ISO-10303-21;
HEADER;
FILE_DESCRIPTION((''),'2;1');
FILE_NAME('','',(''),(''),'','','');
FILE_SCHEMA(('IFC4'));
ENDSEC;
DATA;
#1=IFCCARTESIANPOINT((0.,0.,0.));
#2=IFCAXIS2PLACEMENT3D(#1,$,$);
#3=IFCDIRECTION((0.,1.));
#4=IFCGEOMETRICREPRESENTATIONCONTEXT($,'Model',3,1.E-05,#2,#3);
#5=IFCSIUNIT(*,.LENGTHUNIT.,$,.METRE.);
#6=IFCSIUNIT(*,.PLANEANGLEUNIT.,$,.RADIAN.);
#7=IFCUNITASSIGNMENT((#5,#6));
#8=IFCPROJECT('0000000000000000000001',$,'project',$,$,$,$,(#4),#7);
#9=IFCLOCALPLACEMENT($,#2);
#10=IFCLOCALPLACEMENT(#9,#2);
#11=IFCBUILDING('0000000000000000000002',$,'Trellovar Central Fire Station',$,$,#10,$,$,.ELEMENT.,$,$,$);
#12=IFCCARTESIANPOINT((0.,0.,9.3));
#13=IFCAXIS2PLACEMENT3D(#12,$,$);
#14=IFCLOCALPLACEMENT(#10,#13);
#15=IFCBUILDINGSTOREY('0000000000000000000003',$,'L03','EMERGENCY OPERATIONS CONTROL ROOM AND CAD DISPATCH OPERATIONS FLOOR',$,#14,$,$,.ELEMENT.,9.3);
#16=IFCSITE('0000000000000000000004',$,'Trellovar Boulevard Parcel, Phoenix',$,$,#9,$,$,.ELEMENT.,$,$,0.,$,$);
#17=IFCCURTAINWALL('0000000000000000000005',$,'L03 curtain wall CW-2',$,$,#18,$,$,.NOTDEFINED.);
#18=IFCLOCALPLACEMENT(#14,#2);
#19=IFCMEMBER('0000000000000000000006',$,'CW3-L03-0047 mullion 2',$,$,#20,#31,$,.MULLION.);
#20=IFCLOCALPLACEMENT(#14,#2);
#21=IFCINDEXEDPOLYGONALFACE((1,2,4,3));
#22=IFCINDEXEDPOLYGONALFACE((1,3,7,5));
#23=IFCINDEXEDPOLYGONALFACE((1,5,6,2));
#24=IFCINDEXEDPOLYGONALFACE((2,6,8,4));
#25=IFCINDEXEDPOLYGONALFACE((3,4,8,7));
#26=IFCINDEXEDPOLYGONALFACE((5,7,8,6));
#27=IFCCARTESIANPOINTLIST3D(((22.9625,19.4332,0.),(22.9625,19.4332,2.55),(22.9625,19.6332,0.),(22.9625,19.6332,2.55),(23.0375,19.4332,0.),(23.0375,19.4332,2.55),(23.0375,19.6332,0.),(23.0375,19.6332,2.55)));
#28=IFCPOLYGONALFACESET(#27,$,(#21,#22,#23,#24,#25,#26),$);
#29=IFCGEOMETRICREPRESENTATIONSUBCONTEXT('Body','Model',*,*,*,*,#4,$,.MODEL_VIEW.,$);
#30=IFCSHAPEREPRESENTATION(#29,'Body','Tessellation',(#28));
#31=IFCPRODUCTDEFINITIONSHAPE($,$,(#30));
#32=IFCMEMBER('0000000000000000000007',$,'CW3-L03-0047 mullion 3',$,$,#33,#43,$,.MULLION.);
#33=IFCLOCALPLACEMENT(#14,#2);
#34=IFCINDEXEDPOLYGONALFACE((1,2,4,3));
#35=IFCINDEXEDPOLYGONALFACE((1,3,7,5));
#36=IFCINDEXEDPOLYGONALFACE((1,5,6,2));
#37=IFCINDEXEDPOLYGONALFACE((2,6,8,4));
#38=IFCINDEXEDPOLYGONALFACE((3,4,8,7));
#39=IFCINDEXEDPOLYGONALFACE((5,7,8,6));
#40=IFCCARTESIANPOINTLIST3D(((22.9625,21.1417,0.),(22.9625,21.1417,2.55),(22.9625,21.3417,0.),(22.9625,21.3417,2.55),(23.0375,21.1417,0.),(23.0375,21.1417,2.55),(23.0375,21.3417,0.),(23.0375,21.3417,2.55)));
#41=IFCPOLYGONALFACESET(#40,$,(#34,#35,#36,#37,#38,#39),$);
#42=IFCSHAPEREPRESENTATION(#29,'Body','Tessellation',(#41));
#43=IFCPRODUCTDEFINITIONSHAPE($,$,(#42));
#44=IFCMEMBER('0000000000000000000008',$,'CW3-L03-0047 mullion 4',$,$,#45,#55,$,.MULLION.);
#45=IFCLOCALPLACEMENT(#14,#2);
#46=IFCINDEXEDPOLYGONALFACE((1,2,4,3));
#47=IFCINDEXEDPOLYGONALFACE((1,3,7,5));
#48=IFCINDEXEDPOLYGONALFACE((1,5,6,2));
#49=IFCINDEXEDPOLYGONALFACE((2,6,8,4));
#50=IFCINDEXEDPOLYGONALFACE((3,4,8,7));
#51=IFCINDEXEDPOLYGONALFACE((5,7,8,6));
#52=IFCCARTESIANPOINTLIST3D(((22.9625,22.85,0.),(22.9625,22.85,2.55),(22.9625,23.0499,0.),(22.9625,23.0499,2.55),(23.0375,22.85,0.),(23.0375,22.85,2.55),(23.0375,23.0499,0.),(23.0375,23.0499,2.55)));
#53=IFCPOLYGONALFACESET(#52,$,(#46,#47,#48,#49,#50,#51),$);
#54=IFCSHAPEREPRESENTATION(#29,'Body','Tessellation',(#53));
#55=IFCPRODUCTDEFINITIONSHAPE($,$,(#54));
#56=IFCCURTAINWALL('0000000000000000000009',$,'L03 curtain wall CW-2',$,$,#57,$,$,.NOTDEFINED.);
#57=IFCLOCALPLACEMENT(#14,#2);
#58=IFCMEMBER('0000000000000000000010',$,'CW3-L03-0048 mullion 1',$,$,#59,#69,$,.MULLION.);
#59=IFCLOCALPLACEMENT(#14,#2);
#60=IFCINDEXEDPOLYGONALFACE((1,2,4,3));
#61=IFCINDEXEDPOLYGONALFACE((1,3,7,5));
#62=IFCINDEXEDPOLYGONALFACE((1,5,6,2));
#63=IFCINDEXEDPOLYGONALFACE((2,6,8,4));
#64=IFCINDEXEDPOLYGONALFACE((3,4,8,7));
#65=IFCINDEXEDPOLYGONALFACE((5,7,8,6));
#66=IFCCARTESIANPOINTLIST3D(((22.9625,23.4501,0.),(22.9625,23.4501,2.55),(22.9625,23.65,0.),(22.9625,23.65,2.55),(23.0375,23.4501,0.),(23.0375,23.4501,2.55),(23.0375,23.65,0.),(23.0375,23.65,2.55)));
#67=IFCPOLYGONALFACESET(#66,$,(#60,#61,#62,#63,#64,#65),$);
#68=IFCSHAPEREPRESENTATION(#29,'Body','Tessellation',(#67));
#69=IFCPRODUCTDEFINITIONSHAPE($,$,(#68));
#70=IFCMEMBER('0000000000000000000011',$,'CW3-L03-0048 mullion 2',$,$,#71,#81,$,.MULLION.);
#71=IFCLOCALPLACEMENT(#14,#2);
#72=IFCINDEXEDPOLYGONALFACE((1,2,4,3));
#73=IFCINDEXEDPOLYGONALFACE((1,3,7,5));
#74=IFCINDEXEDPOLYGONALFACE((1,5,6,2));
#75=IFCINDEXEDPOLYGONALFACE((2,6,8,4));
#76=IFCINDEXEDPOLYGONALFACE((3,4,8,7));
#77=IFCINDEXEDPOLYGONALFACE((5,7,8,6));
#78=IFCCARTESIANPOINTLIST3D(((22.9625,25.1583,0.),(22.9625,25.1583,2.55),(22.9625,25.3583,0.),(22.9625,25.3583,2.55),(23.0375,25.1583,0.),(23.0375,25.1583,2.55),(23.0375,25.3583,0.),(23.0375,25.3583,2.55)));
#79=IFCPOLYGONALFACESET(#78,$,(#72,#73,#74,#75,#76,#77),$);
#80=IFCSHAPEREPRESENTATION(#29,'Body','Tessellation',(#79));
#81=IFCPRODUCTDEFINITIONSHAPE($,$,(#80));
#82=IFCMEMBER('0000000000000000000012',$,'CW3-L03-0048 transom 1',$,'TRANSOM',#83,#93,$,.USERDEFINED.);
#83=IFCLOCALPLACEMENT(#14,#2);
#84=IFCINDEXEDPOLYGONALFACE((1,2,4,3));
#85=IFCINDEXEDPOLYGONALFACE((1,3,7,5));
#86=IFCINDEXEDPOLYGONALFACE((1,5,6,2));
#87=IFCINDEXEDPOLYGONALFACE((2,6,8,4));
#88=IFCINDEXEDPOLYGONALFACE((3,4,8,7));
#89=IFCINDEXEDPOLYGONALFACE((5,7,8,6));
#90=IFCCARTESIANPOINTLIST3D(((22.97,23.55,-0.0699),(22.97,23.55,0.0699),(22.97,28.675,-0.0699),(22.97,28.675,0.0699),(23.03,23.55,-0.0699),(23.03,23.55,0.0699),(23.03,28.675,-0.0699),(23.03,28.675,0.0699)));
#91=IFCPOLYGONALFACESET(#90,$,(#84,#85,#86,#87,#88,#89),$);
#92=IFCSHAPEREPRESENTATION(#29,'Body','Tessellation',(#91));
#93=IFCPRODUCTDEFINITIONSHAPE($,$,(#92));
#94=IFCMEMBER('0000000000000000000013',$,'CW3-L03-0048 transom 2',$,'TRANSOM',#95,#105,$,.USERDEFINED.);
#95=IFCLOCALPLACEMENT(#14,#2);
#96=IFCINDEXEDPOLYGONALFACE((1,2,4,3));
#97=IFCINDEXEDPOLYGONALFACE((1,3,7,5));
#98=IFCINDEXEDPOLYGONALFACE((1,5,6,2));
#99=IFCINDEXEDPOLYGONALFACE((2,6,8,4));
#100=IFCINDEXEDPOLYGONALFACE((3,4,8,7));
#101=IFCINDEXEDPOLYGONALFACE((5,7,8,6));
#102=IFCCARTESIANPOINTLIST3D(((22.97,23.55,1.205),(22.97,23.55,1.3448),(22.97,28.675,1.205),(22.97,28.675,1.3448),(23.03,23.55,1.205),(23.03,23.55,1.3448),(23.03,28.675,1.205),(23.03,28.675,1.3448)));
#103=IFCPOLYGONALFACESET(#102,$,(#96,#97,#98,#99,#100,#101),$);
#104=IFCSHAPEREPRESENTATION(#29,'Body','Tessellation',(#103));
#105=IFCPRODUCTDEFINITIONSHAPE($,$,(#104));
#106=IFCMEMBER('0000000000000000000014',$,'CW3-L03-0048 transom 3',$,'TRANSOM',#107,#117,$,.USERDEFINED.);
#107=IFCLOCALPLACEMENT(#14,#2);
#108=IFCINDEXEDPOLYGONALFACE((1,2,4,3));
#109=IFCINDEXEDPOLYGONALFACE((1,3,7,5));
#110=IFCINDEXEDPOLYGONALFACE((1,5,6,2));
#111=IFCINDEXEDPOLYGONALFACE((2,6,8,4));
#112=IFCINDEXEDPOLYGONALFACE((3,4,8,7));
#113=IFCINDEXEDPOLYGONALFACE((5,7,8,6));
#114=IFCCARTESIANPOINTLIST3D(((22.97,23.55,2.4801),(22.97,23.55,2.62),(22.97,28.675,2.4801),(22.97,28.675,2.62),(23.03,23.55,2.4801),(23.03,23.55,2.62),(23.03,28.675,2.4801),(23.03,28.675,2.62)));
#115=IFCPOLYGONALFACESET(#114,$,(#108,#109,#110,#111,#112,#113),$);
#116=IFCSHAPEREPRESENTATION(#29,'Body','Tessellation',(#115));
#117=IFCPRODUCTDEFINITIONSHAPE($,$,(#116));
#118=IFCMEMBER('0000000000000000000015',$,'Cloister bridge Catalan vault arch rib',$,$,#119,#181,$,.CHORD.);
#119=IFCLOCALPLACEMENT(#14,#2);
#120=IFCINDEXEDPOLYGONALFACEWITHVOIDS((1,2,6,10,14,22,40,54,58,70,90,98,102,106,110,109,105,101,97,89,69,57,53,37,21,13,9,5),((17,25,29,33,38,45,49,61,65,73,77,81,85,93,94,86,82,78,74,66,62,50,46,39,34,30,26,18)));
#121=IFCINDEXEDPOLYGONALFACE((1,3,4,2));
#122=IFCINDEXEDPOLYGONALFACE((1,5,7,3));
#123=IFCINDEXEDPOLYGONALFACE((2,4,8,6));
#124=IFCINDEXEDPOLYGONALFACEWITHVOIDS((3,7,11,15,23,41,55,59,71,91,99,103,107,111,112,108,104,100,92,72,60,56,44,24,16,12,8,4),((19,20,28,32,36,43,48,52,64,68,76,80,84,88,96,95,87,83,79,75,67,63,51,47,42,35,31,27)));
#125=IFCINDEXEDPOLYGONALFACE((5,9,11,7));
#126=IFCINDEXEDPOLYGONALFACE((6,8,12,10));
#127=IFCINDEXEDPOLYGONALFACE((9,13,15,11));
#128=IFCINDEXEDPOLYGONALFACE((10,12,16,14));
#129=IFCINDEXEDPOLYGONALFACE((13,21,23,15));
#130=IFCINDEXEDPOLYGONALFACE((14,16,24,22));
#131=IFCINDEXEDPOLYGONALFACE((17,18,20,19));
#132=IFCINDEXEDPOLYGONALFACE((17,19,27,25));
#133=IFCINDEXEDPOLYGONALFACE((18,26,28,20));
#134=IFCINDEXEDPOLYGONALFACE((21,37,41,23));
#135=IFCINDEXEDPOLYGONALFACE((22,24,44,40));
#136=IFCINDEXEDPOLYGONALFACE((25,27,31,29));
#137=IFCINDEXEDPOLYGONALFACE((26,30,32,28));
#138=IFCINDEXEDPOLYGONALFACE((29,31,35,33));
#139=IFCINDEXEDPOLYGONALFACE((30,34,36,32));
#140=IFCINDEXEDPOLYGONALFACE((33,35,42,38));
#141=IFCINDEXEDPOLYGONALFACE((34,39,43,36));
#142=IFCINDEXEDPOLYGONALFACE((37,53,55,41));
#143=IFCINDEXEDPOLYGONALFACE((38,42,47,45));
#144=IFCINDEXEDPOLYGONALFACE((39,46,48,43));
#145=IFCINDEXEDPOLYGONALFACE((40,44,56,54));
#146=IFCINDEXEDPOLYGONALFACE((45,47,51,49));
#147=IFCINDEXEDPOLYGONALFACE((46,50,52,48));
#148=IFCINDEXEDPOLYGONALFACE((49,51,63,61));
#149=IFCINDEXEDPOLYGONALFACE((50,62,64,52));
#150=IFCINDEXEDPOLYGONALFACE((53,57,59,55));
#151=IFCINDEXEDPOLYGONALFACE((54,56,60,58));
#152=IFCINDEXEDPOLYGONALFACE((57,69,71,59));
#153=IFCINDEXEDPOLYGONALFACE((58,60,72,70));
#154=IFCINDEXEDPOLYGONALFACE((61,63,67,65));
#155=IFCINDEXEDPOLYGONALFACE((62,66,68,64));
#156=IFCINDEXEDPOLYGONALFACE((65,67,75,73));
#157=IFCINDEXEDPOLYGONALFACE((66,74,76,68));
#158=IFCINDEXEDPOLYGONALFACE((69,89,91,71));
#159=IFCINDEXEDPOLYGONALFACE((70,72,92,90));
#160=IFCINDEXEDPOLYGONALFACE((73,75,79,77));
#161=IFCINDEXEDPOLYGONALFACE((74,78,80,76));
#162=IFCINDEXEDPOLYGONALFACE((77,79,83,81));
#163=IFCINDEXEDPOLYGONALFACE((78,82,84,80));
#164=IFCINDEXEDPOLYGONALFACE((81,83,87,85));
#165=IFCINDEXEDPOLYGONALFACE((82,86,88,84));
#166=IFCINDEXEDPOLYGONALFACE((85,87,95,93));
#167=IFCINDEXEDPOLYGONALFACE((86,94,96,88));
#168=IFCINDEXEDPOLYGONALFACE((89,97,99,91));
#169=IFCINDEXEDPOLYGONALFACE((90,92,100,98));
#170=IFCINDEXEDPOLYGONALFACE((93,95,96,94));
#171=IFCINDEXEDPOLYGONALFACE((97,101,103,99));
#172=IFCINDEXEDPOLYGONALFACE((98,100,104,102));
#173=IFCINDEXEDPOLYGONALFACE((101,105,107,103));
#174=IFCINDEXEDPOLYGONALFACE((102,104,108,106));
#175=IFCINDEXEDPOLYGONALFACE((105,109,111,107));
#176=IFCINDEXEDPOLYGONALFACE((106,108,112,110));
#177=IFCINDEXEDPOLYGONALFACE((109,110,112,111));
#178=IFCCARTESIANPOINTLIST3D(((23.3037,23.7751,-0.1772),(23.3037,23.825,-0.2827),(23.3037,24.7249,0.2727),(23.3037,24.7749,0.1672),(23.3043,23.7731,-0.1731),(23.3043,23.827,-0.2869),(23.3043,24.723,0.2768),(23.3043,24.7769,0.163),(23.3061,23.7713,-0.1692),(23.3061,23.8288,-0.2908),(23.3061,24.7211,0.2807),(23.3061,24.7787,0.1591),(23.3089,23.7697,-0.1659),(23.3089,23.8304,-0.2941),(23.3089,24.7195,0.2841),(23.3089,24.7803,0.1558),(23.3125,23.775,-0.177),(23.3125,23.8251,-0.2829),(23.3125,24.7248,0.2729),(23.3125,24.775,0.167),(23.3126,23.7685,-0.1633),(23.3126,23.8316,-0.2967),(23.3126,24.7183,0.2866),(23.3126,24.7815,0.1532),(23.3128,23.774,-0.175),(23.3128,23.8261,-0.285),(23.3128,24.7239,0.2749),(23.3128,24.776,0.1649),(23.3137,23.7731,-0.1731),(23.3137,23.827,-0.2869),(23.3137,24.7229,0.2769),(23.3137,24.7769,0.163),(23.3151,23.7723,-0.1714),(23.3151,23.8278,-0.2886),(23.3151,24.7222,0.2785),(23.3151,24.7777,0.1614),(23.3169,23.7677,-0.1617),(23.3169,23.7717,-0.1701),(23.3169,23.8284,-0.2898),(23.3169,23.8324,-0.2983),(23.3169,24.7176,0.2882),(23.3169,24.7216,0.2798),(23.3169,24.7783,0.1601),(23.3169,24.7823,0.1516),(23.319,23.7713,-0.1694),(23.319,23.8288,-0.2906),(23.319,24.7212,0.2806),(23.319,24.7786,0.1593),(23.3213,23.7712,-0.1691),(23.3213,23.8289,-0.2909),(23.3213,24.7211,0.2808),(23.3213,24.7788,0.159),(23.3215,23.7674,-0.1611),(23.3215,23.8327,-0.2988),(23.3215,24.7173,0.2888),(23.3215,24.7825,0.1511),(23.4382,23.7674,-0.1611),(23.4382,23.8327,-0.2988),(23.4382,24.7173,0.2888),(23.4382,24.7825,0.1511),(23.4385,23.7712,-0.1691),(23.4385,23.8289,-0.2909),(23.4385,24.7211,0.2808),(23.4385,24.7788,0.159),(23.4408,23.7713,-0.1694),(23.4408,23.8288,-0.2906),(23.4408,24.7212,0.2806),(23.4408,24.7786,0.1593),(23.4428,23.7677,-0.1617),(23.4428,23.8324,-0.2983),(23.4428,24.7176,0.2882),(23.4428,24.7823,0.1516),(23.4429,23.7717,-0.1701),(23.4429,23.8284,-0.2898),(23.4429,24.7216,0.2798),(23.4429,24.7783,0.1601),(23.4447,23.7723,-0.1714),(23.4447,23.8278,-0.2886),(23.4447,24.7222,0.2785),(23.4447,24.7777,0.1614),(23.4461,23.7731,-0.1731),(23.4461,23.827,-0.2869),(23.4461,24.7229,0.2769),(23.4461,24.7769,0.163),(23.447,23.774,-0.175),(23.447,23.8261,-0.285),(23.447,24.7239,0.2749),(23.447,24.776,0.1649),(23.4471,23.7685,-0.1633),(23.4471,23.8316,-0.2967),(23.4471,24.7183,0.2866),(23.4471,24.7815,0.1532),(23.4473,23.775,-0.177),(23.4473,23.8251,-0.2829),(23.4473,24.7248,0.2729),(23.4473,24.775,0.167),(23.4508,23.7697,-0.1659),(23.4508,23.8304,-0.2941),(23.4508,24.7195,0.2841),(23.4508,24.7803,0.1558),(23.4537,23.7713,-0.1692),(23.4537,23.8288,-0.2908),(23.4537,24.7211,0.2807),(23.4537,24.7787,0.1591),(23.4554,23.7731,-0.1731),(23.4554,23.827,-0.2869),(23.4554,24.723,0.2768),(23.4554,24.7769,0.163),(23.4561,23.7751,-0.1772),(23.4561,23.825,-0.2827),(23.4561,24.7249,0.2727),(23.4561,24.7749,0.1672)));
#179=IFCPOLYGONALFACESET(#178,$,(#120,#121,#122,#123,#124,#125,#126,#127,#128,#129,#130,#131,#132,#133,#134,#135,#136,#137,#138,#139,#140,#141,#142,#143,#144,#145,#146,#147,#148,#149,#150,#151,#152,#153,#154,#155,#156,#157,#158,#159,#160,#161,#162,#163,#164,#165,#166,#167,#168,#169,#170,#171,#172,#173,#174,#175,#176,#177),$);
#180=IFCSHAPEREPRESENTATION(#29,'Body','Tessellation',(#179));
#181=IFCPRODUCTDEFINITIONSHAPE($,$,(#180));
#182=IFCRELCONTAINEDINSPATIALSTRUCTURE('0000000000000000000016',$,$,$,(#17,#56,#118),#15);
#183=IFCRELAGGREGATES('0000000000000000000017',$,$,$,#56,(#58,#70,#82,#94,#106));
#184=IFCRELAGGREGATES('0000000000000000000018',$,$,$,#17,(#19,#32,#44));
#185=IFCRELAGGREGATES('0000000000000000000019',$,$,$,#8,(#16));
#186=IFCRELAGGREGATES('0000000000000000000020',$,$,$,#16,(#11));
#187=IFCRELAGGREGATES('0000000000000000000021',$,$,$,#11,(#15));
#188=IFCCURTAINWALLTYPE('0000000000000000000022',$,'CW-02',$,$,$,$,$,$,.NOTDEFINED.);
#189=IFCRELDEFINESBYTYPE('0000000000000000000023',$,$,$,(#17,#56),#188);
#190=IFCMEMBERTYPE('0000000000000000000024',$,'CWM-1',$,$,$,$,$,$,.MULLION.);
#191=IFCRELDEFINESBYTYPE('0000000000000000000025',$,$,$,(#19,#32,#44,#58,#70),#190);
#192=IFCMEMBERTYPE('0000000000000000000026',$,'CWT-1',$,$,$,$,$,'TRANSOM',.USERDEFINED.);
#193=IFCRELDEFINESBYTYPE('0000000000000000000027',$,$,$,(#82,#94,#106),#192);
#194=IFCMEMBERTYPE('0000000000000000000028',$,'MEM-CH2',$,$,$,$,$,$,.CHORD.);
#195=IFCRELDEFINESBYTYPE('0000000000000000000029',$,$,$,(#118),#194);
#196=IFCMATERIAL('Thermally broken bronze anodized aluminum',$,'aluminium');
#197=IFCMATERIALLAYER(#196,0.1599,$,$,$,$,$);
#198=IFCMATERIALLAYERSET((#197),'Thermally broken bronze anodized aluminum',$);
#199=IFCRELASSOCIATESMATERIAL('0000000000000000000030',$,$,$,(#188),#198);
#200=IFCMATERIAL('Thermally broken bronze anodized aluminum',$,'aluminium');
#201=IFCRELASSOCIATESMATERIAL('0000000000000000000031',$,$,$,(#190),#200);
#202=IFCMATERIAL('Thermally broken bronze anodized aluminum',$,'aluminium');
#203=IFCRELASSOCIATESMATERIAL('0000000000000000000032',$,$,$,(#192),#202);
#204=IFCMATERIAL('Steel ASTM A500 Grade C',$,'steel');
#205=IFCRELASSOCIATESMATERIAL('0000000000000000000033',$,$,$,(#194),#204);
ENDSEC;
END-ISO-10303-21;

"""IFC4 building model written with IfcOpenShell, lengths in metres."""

from ifc_helpers import new_model, si_unit, direction, frame, origin, origin_2d, place, context, subcontext, project, spatial, rectangle, hollow_rectangle, extrude, material, layer, layer_set, material_profile, profile_set, type_object, element, aggregate, save


model = new_model("IFC4")

# Units and contexts
model_context = context("Model", 3, precision=1e-05, world=origin(), true_north=direction((0.0, 1.0)))
body_context = subcontext(model_context, "Body", "Model", "MODEL_VIEW")
ifc_project = project(units=[si_unit("LENGTHUNIT", "METRE"), si_unit("PLANEANGLEUNIT", "RADIAN")], contexts=[model_context])

# Site, building, storey
site_placement = place(None, origin())
site = spatial("IfcSite", under=ifc_project, at=site_placement, Name="Trellovar Boulevard Parcel, Phoenix", CompositionType="ELEMENT", RefElevation=0.0)
building_placement = place(site_placement, origin())
building = spatial("IfcBuilding", under=site, at=building_placement, Name="Trellovar Central Fire Station", CompositionType="ELEMENT")
storey_placement = place(building_placement, frame((0.0, 0.0, 9.3)))
storey = spatial("IfcBuildingStorey", under=building, at=storey_placement, Name="L03", Description="EMERGENCY OPERATIONS CONTROL ROOM AND CAD DISPATCH OPERATIONS FLOOR", CompositionType="ELEMENT", Elevation=9.3)

# Curtain walls, members
ifc_material_1 = material(Name="Thermally broken bronze anodized aluminum", Category="aluminium")
ifc_layer_1 = layer(ifc_material_1, 0.1599)
ifc_layer_set_1 = layer_set([ifc_layer_1], Name="Thermally broken bronze anodized aluminum")
curtain_wall_type = type_object("IfcCurtainWallType", Name="CW-02", PredefinedType="NOTDEFINED", material=ifc_layer_set_1)
curtain_wall_1_placement = place(storey_placement, origin())
curtain_wall_1 = element("IfcCurtainWall", 1, at=curtain_wall_1_placement, inside=storey, type_object=curtain_wall_type, Name="L03 curtain wall CW-2", PredefinedType="NOTDEFINED")
ifc_material_2 = material(Name="Thermally broken bronze anodized aluminum", Category="aluminium")
ifc_material_profile_1 = material_profile(ifc_material_2, rectangle(XDim=0.075, YDim=0.2, at=origin_2d()), Name="ALU75X200")
ifc_profile_set_1 = profile_set([ifc_material_profile_1], Name="Thermally broken bronze anodized aluminum")
member_type_1 = type_object("IfcMemberType", Name="CWM-1", PredefinedType="MULLION", material=ifc_profile_set_1)
member_1_placement = place(storey_placement, frame((23.0, 19.5332, 0.0), z_axis=(0.0, 0.0, 1.0), x_axis=(1.0, 0.0, 0.0)))
member_1 = element("IfcMember", 2, at=member_1_placement, type_object=member_type_1, Name="CW3-L03-0047 mullion 2", PredefinedType="MULLION", context=body_context, shape_type="SweptSolid", body=[
    extrude(rectangle(XDim=0.075, YDim=0.2, at=origin_2d()), origin(), (0.0, 0.0, 1.0), 2.55),
])
member_2_placement = place(storey_placement, frame((23.0, 21.2417, 0.0), z_axis=(0.0, 0.0, 1.0), x_axis=(1.0, 0.0, 0.0)))
member_2 = element("IfcMember", 3, at=member_2_placement, type_object=member_type_1, Name="CW3-L03-0047 mullion 3", PredefinedType="MULLION", context=body_context, shape_type="SweptSolid", body=[
    extrude(rectangle(XDim=0.075, YDim=0.2, at=origin_2d()), origin(), (0.0, 0.0, 1.0), 2.55),
])
member_3_placement = place(storey_placement, frame((23.0, 22.95, 0.0), z_axis=(0.0, 0.0, 1.0), x_axis=(1.0, 0.0, 0.0)))
member_3 = element("IfcMember", 4, at=member_3_placement, type_object=member_type_1, Name="CW3-L03-0047 mullion 4", PredefinedType="MULLION", context=body_context, shape_type="SweptSolid", body=[
    extrude(rectangle(XDim=0.075, YDim=0.2, at=origin_2d()), origin(), (0.0, 0.0, 1.0), 2.55),
])
curtain_wall_2_placement = place(storey_placement, origin())
curtain_wall_2 = element("IfcCurtainWall", 5, at=curtain_wall_2_placement, inside=storey, type_object=curtain_wall_type, Name="L03 curtain wall CW-2", PredefinedType="NOTDEFINED")
member_4_placement = place(storey_placement, frame((23.0, 23.55, 0.0), z_axis=(0.0, 0.0, 1.0), x_axis=(1.0, 0.0, 0.0)))
member_4 = element("IfcMember", 6, at=member_4_placement, type_object=member_type_1, Name="CW3-L03-0048 mullion 1", PredefinedType="MULLION", context=body_context, shape_type="SweptSolid", body=[
    extrude(rectangle(XDim=0.075, YDim=0.2, at=origin_2d()), origin(), (0.0, 0.0, 1.0), 2.55),
])
member_5_placement = place(storey_placement, frame((23.0, 25.2583, 0.0), z_axis=(0.0, 0.0, 1.0), x_axis=(1.0, 0.0, 0.0)))
member_5 = element("IfcMember", 7, at=member_5_placement, type_object=member_type_1, Name="CW3-L03-0048 mullion 2", PredefinedType="MULLION", context=body_context, shape_type="SweptSolid", body=[
    extrude(rectangle(XDim=0.075, YDim=0.2, at=origin_2d()), origin(), (0.0, 0.0, 1.0), 2.55),
])
ifc_material_3 = material(Name="Thermally broken bronze anodized aluminum", Category="aluminium")
ifc_material_profile_2 = material_profile(ifc_material_3, rectangle(XDim=0.0601, YDim=0.1399, at=origin_2d()), Name="ALU60X140")
ifc_profile_set_2 = profile_set([ifc_material_profile_2], Name="Thermally broken bronze anodized aluminum")
member_type_2 = type_object("IfcMemberType", Name="CWT-1", ElementType="TRANSOM", PredefinedType="USERDEFINED", material=ifc_profile_set_2)
member_6_placement = place(storey_placement, frame((23.0, 23.55, 0.0), z_axis=(0.0, 1.0, 0.0), x_axis=(-1.0, 0.0, 0.0)))
member_6 = element("IfcMember", 8, at=member_6_placement, type_object=member_type_2, Name="CW3-L03-0048 transom 1", ObjectType="TRANSOM", PredefinedType="USERDEFINED", context=body_context, shape_type="SweptSolid", body=[
    extrude(rectangle(XDim=0.0601, YDim=0.1399, at=origin_2d()), origin(), (0.0, 0.0, 1.0), 5.125),
])
member_7_placement = place(storey_placement, frame((23.0, 23.55, 1.2749), z_axis=(0.0, 1.0, 0.0), x_axis=(-1.0, 0.0, 0.0)))
member_7 = element("IfcMember", 9, at=member_7_placement, type_object=member_type_2, Name="CW3-L03-0048 transom 2", ObjectType="TRANSOM", PredefinedType="USERDEFINED", context=body_context, shape_type="SweptSolid", body=[
    extrude(rectangle(XDim=0.0601, YDim=0.1399, at=origin_2d()), origin(), (0.0, 0.0, 1.0), 5.125),
])
member_8_placement = place(storey_placement, frame((23.0, 23.55, 2.55), z_axis=(0.0, 1.0, 0.0), x_axis=(-1.0, 0.0, 0.0)))
member_8 = element("IfcMember", 10, at=member_8_placement, type_object=member_type_2, Name="CW3-L03-0048 transom 3", ObjectType="TRANSOM", PredefinedType="USERDEFINED", context=body_context, shape_type="SweptSolid", body=[
    extrude(rectangle(XDim=0.0601, YDim=0.1399, at=origin_2d()), origin(), (0.0, 0.0, 1.0), 5.125),
])

# Member
ifc_material_4 = material(Name="Steel ASTM A500 Grade C", Category="steel")
ifc_material_profile_3 = material_profile(ifc_material_4, hollow_rectangle(XDim=0.1523, YDim=0.1523, WallThickness=0.0088, InnerFilletRadius=0.0088, OuterFilletRadius=0.0178, at=origin_2d()), Name="HSS6X6X3/8")
ifc_profile_set_3 = profile_set([ifc_material_profile_3], Name="Steel ASTM A500 Grade C")
member_type_3 = type_object("IfcMemberType", Name="MEM-CH2", PredefinedType="CHORD", material=ifc_profile_set_3)
member_9_placement = place(storey_placement, frame((23.3799, 23.8, -0.23), z_axis=(0.0, 0.903747, 0.428066), x_axis=(-1.0, 0.0, 0.0)))
element("IfcMember", 11, at=member_9_placement, inside=storey, type_object=member_type_3, Name="Cloister bridge Catalan vault arch rib", PredefinedType="CHORD", context=body_context, shape_type="SweptSolid", body=[
    extrude(hollow_rectangle(XDim=0.1523, YDim=0.1523, WallThickness=0.0088, InnerFilletRadius=0.0088, OuterFilletRadius=0.0178, at=origin_2d()), origin(), (0.0, 0.0, 1.0), 1.051),
])

aggregate(curtain_wall_2, [member_4, member_5, member_6, member_7, member_8])
aggregate(curtain_wall_1, [member_1, member_2, member_3])

save(model, "model.ifc")
